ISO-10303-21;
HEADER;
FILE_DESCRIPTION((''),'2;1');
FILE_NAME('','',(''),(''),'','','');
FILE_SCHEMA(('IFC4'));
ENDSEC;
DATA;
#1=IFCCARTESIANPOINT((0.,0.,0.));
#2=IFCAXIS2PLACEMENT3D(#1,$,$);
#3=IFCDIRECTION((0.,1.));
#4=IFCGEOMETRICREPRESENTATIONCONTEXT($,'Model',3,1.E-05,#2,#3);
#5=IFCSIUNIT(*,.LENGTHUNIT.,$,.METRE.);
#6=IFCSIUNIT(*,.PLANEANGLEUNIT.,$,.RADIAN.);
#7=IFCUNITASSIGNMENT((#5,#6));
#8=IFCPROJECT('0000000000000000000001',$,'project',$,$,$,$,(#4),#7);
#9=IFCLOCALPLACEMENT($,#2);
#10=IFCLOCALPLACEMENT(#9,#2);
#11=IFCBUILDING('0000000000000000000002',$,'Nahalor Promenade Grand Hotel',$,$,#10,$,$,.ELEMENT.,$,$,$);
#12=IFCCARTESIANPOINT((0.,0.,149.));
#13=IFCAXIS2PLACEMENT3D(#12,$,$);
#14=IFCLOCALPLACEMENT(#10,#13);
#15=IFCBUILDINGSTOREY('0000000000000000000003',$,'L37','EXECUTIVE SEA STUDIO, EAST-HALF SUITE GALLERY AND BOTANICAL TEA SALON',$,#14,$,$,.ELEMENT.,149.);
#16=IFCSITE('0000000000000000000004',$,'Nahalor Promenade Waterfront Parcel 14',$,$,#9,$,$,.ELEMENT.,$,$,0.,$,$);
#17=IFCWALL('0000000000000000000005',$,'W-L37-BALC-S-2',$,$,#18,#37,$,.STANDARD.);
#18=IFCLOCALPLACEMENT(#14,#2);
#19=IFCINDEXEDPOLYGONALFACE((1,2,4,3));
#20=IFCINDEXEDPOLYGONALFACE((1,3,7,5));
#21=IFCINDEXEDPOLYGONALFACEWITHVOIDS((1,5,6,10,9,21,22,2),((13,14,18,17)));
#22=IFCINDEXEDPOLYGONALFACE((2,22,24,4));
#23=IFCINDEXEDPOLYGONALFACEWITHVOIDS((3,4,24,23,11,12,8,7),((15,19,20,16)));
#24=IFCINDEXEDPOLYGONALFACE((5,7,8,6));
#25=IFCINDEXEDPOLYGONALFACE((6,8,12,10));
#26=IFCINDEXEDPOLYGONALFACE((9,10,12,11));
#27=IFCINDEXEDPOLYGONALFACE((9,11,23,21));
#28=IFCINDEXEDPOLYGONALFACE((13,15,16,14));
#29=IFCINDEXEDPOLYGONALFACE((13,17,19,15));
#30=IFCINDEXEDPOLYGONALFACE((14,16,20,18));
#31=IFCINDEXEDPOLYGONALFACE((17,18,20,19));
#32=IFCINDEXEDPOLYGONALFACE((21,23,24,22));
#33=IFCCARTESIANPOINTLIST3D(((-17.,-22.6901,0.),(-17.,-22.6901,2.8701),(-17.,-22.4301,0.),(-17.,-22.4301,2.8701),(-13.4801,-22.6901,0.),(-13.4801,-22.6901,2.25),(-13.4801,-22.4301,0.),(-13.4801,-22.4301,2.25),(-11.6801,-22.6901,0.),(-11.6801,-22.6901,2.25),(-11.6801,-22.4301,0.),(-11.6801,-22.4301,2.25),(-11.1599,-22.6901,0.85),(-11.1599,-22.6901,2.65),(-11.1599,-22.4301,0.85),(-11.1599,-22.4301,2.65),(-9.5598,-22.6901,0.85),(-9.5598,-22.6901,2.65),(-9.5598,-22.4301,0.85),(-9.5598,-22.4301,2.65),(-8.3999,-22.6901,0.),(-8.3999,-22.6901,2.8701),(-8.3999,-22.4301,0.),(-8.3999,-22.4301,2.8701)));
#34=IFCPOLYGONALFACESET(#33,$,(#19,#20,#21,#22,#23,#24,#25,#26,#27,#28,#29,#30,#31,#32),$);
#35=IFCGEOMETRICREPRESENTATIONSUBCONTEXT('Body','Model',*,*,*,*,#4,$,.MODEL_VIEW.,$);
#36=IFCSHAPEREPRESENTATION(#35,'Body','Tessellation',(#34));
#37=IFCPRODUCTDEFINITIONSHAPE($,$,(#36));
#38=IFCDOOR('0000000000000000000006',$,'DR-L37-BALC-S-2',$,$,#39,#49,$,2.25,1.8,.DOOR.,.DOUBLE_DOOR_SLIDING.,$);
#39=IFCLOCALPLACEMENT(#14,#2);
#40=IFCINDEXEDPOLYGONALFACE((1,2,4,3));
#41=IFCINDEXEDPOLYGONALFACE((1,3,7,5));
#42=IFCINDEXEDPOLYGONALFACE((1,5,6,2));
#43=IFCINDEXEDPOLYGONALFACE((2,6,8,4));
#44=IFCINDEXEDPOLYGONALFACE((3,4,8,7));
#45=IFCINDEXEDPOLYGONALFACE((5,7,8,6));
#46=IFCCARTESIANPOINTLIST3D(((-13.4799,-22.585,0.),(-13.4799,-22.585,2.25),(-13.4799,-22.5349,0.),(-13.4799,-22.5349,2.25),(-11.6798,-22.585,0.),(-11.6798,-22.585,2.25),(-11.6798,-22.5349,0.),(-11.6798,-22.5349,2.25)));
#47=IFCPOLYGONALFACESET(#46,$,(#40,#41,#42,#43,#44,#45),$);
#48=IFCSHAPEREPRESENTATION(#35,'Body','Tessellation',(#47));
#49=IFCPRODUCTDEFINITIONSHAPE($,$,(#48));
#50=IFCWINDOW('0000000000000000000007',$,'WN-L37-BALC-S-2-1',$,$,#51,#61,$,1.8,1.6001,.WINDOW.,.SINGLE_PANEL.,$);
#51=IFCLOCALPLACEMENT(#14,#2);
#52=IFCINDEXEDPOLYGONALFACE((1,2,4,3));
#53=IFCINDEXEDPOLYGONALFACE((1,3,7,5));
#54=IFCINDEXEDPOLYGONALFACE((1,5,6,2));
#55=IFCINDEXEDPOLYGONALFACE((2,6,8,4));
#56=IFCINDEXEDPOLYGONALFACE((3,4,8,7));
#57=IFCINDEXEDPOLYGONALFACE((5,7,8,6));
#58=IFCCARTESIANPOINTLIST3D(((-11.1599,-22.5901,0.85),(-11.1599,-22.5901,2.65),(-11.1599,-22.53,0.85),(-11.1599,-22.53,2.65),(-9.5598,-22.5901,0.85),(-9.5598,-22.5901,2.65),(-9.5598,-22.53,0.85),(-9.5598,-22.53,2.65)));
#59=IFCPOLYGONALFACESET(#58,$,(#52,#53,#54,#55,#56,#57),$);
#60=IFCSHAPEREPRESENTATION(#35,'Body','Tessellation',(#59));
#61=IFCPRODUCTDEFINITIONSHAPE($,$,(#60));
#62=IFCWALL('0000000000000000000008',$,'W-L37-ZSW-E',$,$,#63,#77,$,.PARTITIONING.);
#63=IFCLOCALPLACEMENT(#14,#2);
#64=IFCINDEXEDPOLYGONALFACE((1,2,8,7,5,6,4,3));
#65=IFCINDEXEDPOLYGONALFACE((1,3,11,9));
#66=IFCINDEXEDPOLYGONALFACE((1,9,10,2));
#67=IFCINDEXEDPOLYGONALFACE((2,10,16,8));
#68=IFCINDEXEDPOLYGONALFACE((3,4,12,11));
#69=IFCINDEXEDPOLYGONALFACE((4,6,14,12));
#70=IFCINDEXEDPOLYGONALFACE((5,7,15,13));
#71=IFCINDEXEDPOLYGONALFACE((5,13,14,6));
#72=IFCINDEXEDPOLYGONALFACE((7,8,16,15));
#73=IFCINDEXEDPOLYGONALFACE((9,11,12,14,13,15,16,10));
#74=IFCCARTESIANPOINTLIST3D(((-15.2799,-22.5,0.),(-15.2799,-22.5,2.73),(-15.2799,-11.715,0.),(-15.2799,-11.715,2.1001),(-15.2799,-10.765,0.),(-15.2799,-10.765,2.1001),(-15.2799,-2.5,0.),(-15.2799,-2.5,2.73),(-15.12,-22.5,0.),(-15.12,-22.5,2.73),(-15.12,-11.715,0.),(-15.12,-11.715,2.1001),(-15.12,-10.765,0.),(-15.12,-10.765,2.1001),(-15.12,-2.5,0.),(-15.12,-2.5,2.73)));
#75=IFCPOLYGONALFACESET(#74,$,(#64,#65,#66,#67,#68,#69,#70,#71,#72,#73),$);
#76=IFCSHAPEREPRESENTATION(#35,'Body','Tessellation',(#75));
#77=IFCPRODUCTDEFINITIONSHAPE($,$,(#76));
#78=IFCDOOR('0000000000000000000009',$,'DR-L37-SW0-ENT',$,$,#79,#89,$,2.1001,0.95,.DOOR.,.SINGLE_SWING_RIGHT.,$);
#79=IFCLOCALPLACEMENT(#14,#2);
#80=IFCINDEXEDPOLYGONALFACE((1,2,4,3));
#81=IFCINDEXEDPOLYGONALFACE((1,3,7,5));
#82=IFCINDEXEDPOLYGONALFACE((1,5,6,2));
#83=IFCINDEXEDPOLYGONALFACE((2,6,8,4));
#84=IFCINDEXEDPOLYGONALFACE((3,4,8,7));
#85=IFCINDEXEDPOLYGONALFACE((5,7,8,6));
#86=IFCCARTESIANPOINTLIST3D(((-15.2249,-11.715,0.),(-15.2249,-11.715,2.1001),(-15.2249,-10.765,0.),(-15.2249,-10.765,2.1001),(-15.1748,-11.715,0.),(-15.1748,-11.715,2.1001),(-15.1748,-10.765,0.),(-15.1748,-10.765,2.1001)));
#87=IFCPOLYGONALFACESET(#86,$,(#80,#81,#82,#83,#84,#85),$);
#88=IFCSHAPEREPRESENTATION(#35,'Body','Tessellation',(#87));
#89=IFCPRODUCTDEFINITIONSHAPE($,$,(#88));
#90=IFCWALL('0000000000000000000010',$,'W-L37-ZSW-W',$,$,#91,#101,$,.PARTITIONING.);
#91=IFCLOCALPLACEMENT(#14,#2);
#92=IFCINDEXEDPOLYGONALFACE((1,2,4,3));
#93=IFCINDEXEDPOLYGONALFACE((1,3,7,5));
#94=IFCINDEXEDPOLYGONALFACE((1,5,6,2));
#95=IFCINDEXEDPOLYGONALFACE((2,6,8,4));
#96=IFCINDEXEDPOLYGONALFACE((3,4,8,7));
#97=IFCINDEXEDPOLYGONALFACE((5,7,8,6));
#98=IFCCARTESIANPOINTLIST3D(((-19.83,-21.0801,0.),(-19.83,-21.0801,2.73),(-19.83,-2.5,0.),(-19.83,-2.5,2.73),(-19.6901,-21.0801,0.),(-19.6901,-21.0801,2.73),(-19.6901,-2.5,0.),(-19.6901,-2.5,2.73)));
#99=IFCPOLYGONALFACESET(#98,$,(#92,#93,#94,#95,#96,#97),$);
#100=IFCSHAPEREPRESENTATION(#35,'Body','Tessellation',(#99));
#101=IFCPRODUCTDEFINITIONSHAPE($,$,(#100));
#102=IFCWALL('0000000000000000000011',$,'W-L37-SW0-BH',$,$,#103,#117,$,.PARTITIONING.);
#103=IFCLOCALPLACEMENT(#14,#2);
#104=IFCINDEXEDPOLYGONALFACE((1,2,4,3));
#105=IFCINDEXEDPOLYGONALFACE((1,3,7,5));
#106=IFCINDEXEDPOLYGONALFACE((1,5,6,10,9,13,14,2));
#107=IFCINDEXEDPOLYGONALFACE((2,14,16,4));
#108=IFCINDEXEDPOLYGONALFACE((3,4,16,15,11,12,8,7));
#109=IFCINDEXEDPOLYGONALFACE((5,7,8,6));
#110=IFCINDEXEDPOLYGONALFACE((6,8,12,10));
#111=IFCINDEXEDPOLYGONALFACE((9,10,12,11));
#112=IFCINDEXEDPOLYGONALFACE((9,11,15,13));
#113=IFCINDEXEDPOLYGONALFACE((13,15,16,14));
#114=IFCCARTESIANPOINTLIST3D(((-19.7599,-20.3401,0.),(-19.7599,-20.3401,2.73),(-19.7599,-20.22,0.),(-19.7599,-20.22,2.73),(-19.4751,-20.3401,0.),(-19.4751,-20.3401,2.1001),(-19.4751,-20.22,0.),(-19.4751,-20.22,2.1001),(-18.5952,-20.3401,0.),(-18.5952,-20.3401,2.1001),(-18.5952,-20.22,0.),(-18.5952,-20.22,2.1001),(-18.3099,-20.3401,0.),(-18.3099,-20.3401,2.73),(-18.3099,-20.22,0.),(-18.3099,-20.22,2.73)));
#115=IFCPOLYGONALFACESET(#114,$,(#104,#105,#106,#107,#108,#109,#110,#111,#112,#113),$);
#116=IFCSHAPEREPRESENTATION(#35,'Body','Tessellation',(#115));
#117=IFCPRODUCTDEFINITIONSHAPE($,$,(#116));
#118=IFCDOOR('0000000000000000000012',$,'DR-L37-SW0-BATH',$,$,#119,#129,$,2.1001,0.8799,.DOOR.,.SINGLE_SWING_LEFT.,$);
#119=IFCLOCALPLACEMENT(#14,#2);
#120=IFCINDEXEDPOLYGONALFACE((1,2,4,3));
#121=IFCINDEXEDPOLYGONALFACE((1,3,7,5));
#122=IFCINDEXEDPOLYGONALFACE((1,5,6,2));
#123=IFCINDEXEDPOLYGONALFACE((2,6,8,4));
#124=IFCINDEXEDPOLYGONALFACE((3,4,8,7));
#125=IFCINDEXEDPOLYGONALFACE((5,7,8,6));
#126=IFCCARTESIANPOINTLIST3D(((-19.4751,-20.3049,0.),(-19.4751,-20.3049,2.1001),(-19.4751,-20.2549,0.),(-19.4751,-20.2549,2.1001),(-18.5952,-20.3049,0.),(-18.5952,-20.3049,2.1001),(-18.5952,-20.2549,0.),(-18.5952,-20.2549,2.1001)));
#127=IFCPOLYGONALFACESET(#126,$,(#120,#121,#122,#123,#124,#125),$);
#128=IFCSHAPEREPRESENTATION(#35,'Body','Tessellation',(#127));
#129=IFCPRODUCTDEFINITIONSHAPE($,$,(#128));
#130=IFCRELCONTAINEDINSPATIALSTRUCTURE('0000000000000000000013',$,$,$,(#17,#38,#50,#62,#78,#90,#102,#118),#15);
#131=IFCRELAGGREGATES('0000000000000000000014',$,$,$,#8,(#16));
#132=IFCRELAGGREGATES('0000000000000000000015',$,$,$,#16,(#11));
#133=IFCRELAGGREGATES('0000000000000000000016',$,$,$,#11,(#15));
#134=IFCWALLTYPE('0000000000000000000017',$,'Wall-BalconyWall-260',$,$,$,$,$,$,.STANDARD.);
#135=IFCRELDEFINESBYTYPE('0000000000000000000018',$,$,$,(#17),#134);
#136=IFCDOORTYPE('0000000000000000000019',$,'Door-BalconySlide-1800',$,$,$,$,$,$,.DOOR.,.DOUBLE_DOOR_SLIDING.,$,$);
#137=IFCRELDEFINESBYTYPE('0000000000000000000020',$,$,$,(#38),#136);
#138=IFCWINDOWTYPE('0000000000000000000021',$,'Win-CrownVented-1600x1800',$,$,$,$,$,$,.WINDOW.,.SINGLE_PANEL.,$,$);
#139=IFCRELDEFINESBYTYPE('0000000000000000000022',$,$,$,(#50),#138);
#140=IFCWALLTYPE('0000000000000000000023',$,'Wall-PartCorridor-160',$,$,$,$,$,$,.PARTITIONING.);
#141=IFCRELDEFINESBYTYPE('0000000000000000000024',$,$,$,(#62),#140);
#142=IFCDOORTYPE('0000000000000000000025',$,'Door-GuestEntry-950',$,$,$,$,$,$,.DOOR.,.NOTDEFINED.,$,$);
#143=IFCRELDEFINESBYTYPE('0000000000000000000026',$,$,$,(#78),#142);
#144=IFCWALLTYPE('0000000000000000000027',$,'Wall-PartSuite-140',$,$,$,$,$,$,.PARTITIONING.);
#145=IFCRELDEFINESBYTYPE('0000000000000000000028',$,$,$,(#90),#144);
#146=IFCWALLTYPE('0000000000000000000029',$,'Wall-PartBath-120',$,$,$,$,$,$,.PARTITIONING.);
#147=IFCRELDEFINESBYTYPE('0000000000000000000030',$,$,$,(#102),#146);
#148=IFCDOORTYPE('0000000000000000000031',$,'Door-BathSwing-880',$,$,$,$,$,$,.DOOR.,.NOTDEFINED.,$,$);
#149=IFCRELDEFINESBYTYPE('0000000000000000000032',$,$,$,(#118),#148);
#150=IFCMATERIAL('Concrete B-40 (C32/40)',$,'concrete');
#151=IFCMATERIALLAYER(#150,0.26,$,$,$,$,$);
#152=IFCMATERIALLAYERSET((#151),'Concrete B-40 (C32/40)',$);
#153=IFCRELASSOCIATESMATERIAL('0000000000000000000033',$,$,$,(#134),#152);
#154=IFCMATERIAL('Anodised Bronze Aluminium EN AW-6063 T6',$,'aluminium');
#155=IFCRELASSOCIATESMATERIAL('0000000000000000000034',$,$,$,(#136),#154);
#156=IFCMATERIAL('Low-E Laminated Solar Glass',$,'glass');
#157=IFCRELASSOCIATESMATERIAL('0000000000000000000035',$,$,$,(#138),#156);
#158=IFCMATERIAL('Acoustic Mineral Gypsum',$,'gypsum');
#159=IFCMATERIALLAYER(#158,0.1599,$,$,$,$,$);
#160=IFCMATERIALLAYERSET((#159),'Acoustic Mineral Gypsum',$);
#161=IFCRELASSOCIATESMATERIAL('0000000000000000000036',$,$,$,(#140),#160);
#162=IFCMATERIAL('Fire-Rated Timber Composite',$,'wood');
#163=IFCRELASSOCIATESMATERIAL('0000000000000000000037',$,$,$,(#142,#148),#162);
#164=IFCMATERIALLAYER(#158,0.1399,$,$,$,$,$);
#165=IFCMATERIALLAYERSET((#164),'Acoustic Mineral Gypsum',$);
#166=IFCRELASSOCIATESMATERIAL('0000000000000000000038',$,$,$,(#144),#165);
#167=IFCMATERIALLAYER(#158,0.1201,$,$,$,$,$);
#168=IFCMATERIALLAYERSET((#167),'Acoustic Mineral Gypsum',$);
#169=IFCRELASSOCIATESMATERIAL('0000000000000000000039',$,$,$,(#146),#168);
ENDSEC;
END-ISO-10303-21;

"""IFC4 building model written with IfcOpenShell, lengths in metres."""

from ifc_helpers import new_model, si_unit, direction, frame, frame_2d, origin, place, context, subcontext, project, spatial, rectangle, extrude, source, transform, mapped, material, layer, layer_set, type_object, element, fill, save


model = new_model("IFC4")

# Units and contexts
model_context = context("Model", 3, precision=1e-05, world=origin(), true_north=direction((0.0, 1.0)))
body_context = subcontext(model_context, "Body", "Model", "MODEL_VIEW")
ifc_project = project(units=[si_unit("LENGTHUNIT", "METRE"), si_unit("PLANEANGLEUNIT", "RADIAN")], contexts=[model_context])

# Site, building, storey
site_placement = place(None, origin())
site = spatial("IfcSite", under=ifc_project, at=site_placement, Name="Nahalor Promenade Waterfront Parcel 14", CompositionType="ELEMENT", RefElevation=0.0)
building_placement = place(site_placement, origin())
building = spatial("IfcBuilding", under=site, at=building_placement, Name="Nahalor Promenade Grand Hotel", CompositionType="ELEMENT")
storey_placement = place(building_placement, frame((0.0, 0.0, 149.0)))
storey = spatial("IfcBuildingStorey", under=building, at=storey_placement, Name="L37", Description="EXECUTIVE SEA STUDIO, EAST-HALF SUITE GALLERY AND BOTANICAL TEA SALON", CompositionType="ELEMENT", Elevation=149.0)

# Shared definitions
ifc_material_1 = material(Name="Anodised Bronze Aluminium EN AW-6063 T6", Category="aluminium")

# Shared definitions
ifc_material_2 = material(Name="Low-E Laminated Solar Glass", Category="glass")

# Shared definitions
ifc_material_3 = material(Name="Concrete B-40 (C32/40)", Category="concrete")

# Wall, openings, door, window
ifc_layer_1 = layer(ifc_material_3, 0.26)
ifc_layer_set_1 = layer_set([ifc_layer_1], Name="Concrete B-40 (C32/40)")
wall_type_1 = type_object("IfcWallType", Name="Wall-BalconyWall-260", PredefinedType="STANDARD", material=ifc_layer_set_1)
shared_shape_1 = source(origin(), body_context, "Body", "SweptSolid", [
    extrude(rectangle(XDim=8.6001, YDim=0.26, at=frame_2d((4.3, 0.0))), origin(), (0.0, 0.0, 1.0), 2.8701),
])
wall_1_placement = place(storey_placement, frame((-17.0, -22.5601, 0.0), z_axis=(0.0, 0.0, 1.0), x_axis=(1.0, 0.0, 0.0)))
wall_1 = element("IfcWall", 1, at=wall_1_placement, inside=storey, type_object=wall_type_1, Name="W-L37-BALC-S-2", PredefinedType="STANDARD", context=body_context, shape_type="MappedRepresentation", body=[
    mapped(shared_shape_1, transform((0.0, 0.0, 0.0), scale=1.0)),
])
opening_1_placement = place(wall_1_placement, frame((3.52, 0.0, 0.0)))
opening_1 = element("IfcOpeningElement", 2, at=opening_1_placement, cuts=wall_1, PredefinedType="OPENING", context=body_context, shape_type="SweptSolid", body=[
    extrude(rectangle(XDim=1.8, YDim=2.25, at=frame_2d((0.8999, 1.125))), frame((0.0, 0.1399, 0.0), z_axis=(0.0, -1.0, 0.0), x_axis=(1.0, 0.0, 0.0)), (0.0, 0.0, 1.0), 0.28),
])
opening_2_placement = place(wall_1_placement, frame((5.8401, 0.0, 0.8501)))
opening_2 = element("IfcOpeningElement", 3, at=opening_2_placement, cuts=wall_1, PredefinedType="OPENING", context=body_context, shape_type="SweptSolid", body=[
    extrude(rectangle(XDim=1.6001, YDim=1.8, at=frame_2d((0.8, 0.8999))), frame((0.0, 0.1399, 0.0), z_axis=(0.0, -1.0, 0.0), x_axis=(1.0, 0.0, 0.0)), (0.0, 0.0, 1.0), 0.28),
])
door_type_1 = type_object("IfcDoorType", Name="Door-BalconySlide-1800", OperationType="DOUBLE_DOOR_SLIDING", PredefinedType="DOOR", material=ifc_material_1)
shared_shape_2 = source(origin(), body_context, "Body", "SweptSolid", [
    extrude(rectangle(XDim=1.8, YDim=2.25, at=frame_2d((0.8999, 1.125))), frame((0.0, 0.0249, 0.0), z_axis=(0.0, -1.0, 0.0), x_axis=(1.0, 0.0, 0.0)), (0.0, 0.0, 1.0), 0.05),
])
door_1_placement = place(opening_1_placement, frame((1.8, 0.0, 0.0), z_axis=(0.0, 0.0, 1.0), x_axis=(-1.0, 0.0, 0.0)))
door_1 = element("IfcDoor", 4, at=door_1_placement, inside=storey, type_object=door_type_1, Name="DR-L37-BALC-S-2", OperationType="DOUBLE_DOOR_SLIDING", OverallHeight=2.25, OverallWidth=1.8, PredefinedType="DOOR", context=body_context, shape_type="MappedRepresentation", body=[
    mapped(shared_shape_2, transform((0.0, 0.0, 0.0), scale=1.0)),
])
fill(opening_1, door_1)
window_type = type_object("IfcWindowType", Name="Win-CrownVented-1600x1800", PartitioningType="SINGLE_PANEL", PredefinedType="WINDOW", material=ifc_material_2)
shared_shape_3 = source(origin(), body_context, "Body", "SweptSolid", [
    extrude(rectangle(XDim=1.6001, YDim=1.8, at=frame_2d((0.8, 0.8999))), frame((0.0, 0.03, 0.0), z_axis=(0.0, -1.0, 0.0), x_axis=(1.0, 0.0, 0.0)), (0.0, 0.0, 1.0), 0.0601),
])
window_placement = place(opening_2_placement, origin())
window = element("IfcWindow", 5, at=window_placement, inside=storey, type_object=window_type, Name="WN-L37-BALC-S-2-1", OverallHeight=1.8, OverallWidth=1.6001, PartitioningType="SINGLE_PANEL", PredefinedType="WINDOW", context=body_context, shape_type="MappedRepresentation", body=[
    mapped(shared_shape_3, transform((0.0, 0.0, 0.0), scale=1.0)),
])
fill(opening_2, window)

# Wall, opening, door
ifc_material_4 = material(Name="Acoustic Mineral Gypsum", Category="gypsum")
ifc_layer_2 = layer(ifc_material_4, 0.1599)
ifc_layer_set_2 = layer_set([ifc_layer_2], Name="Acoustic Mineral Gypsum")
wall_type_2 = type_object("IfcWallType", Name="Wall-PartCorridor-160", PredefinedType="PARTITIONING", material=ifc_layer_set_2)
shared_shape_4 = source(origin(), body_context, "Body", "SweptSolid", [
    extrude(rectangle(XDim=20.0, YDim=0.1599, at=frame_2d((10.0, 0.0))), origin(), (0.0, 0.0, 1.0), 2.73),
])
wall_2_placement = place(storey_placement, frame((-15.2, -22.5, 0.0), z_axis=(0.0, 0.0, 1.0), x_axis=(0.0, 1.0, 0.0)))
wall_2 = element("IfcWall", 6, at=wall_2_placement, inside=storey, type_object=wall_type_2, Name="W-L37-ZSW-E", PredefinedType="PARTITIONING", context=body_context, shape_type="MappedRepresentation", body=[
    mapped(shared_shape_4, transform((0.0, 0.0, 0.0), scale=1.0)),
])
opening_3_placement = place(wall_2_placement, frame((10.7849, 0.0, 0.0)))
opening_3 = element("IfcOpeningElement", 7, at=opening_3_placement, cuts=wall_2, PredefinedType="OPENING", context=body_context, shape_type="SweptSolid", body=[
    extrude(rectangle(XDim=0.95, YDim=2.1001, at=frame_2d((0.4751, 1.05))), frame((0.0, 0.0898, 0.0), z_axis=(0.0, -1.0, 0.0), x_axis=(1.0, 0.0, 0.0)), (0.0, 0.0, 1.0), 0.1799),
])
ifc_material_5 = material(Name="Fire-Rated Timber Composite", Category="wood")
door_type_2 = type_object("IfcDoorType", Name="Door-GuestEntry-950", OperationType="NOTDEFINED", PredefinedType="DOOR", material=ifc_material_5)
shared_shape_5 = source(origin(), body_context, "Body", "SweptSolid", [
    extrude(rectangle(XDim=0.95, YDim=2.1001, at=frame_2d((0.4751, 1.05))), frame((0.0, 0.0249, 0.0), z_axis=(0.0, -1.0, 0.0), x_axis=(1.0, 0.0, 0.0)), (0.0, 0.0, 1.0), 0.05),
])
door_2_placement = place(opening_3_placement, origin())
door_2 = element("IfcDoor", 8, at=door_2_placement, inside=storey, type_object=door_type_2, Name="DR-L37-SW0-ENT", OperationType="SINGLE_SWING_RIGHT", OverallHeight=2.1001, OverallWidth=0.95, PredefinedType="DOOR", context=body_context, shape_type="MappedRepresentation", body=[
    mapped(shared_shape_5, transform((0.0, 0.0, 0.0), scale=1.0)),
])
fill(opening_3, door_2)

# Wall
ifc_layer_3 = layer(ifc_material_4, 0.1399)
ifc_layer_set_3 = layer_set([ifc_layer_3], Name="Acoustic Mineral Gypsum")
wall_type_3 = type_object("IfcWallType", Name="Wall-PartSuite-140", PredefinedType="PARTITIONING", material=ifc_layer_set_3)
shared_shape_6 = source(origin(), body_context, "Body", "SweptSolid", [
    extrude(rectangle(XDim=18.5801, YDim=0.1399, at=frame_2d((9.29, 0.0))), origin(), (0.0, 0.0, 1.0), 2.73),
])
wall_3_placement = place(storey_placement, frame((-19.76, -21.0801, 0.0), z_axis=(0.0, 0.0, 1.0), x_axis=(0.0, 1.0, 0.0)))
element("IfcWall", 9, at=wall_3_placement, inside=storey, type_object=wall_type_3, Name="W-L37-ZSW-W", PredefinedType="PARTITIONING", context=body_context, shape_type="MappedRepresentation", body=[
    mapped(shared_shape_6, transform((0.0, 0.0, 0.0), scale=1.0)),
])

# Wall, opening, door
ifc_layer_4 = layer(ifc_material_4, 0.1201)
ifc_layer_set_4 = layer_set([ifc_layer_4], Name="Acoustic Mineral Gypsum")
wall_type_4 = type_object("IfcWallType", Name="Wall-PartBath-120", PredefinedType="PARTITIONING", material=ifc_layer_set_4)
shared_shape_7 = source(origin(), body_context, "Body", "SweptSolid", [
    extrude(rectangle(XDim=1.45, YDim=0.1201, at=frame_2d((0.7251, 0.0))), origin(), (0.0, 0.0, 1.0), 2.73),
])
wall_4_placement = place(storey_placement, frame((-19.76, -20.28, 0.0), z_axis=(0.0, 0.0, 1.0), x_axis=(1.0, 0.0, 0.0)))
wall_4 = element("IfcWall", 10, at=wall_4_placement, inside=storey, type_object=wall_type_4, Name="W-L37-SW0-BH", PredefinedType="PARTITIONING", context=body_context, shape_type="MappedRepresentation", body=[
    mapped(shared_shape_7, transform((0.0, 0.0, 0.0), scale=1.0)),
])
opening_4_placement = place(wall_4_placement, frame((0.2849, 0.0, 0.0)))
opening_4 = element("IfcOpeningElement", 11, at=opening_4_placement, cuts=wall_4, PredefinedType="OPENING", context=body_context, shape_type="SweptSolid", body=[
    extrude(rectangle(XDim=0.8799, YDim=2.1001, at=frame_2d((0.4399, 1.05))), frame((0.0, 0.0701, 0.0), z_axis=(0.0, -1.0, 0.0), x_axis=(1.0, 0.0, 0.0)), (0.0, 0.0, 1.0), 0.1401),
])
door_type_3 = type_object("IfcDoorType", Name="Door-BathSwing-880", OperationType="NOTDEFINED", PredefinedType="DOOR", material=ifc_material_5)
shared_shape_8 = source(origin(), body_context, "Body", "SweptSolid", [
    extrude(rectangle(XDim=0.8799, YDim=2.1001, at=frame_2d((0.4399, 1.05))), frame((0.0, 0.0249, 0.0), z_axis=(0.0, -1.0, 0.0), x_axis=(1.0, 0.0, 0.0)), (0.0, 0.0, 1.0), 0.05),
])
door_3_placement = place(opening_4_placement, frame((0.8799, 0.0, 0.0), z_axis=(0.0, 0.0, 1.0), x_axis=(-1.0, 0.0, 0.0)))
door_3 = element("IfcDoor", 12, at=door_3_placement, inside=storey, type_object=door_type_3, Name="DR-L37-SW0-BATH", OperationType="SINGLE_SWING_LEFT", OverallHeight=2.1001, OverallWidth=0.8799, PredefinedType="DOOR", context=body_context, shape_type="MappedRepresentation", body=[
    mapped(shared_shape_8, transform((0.0, 0.0, 0.0), scale=1.0)),
])
fill(opening_4, door_3)

save(model, "model.ifc")
